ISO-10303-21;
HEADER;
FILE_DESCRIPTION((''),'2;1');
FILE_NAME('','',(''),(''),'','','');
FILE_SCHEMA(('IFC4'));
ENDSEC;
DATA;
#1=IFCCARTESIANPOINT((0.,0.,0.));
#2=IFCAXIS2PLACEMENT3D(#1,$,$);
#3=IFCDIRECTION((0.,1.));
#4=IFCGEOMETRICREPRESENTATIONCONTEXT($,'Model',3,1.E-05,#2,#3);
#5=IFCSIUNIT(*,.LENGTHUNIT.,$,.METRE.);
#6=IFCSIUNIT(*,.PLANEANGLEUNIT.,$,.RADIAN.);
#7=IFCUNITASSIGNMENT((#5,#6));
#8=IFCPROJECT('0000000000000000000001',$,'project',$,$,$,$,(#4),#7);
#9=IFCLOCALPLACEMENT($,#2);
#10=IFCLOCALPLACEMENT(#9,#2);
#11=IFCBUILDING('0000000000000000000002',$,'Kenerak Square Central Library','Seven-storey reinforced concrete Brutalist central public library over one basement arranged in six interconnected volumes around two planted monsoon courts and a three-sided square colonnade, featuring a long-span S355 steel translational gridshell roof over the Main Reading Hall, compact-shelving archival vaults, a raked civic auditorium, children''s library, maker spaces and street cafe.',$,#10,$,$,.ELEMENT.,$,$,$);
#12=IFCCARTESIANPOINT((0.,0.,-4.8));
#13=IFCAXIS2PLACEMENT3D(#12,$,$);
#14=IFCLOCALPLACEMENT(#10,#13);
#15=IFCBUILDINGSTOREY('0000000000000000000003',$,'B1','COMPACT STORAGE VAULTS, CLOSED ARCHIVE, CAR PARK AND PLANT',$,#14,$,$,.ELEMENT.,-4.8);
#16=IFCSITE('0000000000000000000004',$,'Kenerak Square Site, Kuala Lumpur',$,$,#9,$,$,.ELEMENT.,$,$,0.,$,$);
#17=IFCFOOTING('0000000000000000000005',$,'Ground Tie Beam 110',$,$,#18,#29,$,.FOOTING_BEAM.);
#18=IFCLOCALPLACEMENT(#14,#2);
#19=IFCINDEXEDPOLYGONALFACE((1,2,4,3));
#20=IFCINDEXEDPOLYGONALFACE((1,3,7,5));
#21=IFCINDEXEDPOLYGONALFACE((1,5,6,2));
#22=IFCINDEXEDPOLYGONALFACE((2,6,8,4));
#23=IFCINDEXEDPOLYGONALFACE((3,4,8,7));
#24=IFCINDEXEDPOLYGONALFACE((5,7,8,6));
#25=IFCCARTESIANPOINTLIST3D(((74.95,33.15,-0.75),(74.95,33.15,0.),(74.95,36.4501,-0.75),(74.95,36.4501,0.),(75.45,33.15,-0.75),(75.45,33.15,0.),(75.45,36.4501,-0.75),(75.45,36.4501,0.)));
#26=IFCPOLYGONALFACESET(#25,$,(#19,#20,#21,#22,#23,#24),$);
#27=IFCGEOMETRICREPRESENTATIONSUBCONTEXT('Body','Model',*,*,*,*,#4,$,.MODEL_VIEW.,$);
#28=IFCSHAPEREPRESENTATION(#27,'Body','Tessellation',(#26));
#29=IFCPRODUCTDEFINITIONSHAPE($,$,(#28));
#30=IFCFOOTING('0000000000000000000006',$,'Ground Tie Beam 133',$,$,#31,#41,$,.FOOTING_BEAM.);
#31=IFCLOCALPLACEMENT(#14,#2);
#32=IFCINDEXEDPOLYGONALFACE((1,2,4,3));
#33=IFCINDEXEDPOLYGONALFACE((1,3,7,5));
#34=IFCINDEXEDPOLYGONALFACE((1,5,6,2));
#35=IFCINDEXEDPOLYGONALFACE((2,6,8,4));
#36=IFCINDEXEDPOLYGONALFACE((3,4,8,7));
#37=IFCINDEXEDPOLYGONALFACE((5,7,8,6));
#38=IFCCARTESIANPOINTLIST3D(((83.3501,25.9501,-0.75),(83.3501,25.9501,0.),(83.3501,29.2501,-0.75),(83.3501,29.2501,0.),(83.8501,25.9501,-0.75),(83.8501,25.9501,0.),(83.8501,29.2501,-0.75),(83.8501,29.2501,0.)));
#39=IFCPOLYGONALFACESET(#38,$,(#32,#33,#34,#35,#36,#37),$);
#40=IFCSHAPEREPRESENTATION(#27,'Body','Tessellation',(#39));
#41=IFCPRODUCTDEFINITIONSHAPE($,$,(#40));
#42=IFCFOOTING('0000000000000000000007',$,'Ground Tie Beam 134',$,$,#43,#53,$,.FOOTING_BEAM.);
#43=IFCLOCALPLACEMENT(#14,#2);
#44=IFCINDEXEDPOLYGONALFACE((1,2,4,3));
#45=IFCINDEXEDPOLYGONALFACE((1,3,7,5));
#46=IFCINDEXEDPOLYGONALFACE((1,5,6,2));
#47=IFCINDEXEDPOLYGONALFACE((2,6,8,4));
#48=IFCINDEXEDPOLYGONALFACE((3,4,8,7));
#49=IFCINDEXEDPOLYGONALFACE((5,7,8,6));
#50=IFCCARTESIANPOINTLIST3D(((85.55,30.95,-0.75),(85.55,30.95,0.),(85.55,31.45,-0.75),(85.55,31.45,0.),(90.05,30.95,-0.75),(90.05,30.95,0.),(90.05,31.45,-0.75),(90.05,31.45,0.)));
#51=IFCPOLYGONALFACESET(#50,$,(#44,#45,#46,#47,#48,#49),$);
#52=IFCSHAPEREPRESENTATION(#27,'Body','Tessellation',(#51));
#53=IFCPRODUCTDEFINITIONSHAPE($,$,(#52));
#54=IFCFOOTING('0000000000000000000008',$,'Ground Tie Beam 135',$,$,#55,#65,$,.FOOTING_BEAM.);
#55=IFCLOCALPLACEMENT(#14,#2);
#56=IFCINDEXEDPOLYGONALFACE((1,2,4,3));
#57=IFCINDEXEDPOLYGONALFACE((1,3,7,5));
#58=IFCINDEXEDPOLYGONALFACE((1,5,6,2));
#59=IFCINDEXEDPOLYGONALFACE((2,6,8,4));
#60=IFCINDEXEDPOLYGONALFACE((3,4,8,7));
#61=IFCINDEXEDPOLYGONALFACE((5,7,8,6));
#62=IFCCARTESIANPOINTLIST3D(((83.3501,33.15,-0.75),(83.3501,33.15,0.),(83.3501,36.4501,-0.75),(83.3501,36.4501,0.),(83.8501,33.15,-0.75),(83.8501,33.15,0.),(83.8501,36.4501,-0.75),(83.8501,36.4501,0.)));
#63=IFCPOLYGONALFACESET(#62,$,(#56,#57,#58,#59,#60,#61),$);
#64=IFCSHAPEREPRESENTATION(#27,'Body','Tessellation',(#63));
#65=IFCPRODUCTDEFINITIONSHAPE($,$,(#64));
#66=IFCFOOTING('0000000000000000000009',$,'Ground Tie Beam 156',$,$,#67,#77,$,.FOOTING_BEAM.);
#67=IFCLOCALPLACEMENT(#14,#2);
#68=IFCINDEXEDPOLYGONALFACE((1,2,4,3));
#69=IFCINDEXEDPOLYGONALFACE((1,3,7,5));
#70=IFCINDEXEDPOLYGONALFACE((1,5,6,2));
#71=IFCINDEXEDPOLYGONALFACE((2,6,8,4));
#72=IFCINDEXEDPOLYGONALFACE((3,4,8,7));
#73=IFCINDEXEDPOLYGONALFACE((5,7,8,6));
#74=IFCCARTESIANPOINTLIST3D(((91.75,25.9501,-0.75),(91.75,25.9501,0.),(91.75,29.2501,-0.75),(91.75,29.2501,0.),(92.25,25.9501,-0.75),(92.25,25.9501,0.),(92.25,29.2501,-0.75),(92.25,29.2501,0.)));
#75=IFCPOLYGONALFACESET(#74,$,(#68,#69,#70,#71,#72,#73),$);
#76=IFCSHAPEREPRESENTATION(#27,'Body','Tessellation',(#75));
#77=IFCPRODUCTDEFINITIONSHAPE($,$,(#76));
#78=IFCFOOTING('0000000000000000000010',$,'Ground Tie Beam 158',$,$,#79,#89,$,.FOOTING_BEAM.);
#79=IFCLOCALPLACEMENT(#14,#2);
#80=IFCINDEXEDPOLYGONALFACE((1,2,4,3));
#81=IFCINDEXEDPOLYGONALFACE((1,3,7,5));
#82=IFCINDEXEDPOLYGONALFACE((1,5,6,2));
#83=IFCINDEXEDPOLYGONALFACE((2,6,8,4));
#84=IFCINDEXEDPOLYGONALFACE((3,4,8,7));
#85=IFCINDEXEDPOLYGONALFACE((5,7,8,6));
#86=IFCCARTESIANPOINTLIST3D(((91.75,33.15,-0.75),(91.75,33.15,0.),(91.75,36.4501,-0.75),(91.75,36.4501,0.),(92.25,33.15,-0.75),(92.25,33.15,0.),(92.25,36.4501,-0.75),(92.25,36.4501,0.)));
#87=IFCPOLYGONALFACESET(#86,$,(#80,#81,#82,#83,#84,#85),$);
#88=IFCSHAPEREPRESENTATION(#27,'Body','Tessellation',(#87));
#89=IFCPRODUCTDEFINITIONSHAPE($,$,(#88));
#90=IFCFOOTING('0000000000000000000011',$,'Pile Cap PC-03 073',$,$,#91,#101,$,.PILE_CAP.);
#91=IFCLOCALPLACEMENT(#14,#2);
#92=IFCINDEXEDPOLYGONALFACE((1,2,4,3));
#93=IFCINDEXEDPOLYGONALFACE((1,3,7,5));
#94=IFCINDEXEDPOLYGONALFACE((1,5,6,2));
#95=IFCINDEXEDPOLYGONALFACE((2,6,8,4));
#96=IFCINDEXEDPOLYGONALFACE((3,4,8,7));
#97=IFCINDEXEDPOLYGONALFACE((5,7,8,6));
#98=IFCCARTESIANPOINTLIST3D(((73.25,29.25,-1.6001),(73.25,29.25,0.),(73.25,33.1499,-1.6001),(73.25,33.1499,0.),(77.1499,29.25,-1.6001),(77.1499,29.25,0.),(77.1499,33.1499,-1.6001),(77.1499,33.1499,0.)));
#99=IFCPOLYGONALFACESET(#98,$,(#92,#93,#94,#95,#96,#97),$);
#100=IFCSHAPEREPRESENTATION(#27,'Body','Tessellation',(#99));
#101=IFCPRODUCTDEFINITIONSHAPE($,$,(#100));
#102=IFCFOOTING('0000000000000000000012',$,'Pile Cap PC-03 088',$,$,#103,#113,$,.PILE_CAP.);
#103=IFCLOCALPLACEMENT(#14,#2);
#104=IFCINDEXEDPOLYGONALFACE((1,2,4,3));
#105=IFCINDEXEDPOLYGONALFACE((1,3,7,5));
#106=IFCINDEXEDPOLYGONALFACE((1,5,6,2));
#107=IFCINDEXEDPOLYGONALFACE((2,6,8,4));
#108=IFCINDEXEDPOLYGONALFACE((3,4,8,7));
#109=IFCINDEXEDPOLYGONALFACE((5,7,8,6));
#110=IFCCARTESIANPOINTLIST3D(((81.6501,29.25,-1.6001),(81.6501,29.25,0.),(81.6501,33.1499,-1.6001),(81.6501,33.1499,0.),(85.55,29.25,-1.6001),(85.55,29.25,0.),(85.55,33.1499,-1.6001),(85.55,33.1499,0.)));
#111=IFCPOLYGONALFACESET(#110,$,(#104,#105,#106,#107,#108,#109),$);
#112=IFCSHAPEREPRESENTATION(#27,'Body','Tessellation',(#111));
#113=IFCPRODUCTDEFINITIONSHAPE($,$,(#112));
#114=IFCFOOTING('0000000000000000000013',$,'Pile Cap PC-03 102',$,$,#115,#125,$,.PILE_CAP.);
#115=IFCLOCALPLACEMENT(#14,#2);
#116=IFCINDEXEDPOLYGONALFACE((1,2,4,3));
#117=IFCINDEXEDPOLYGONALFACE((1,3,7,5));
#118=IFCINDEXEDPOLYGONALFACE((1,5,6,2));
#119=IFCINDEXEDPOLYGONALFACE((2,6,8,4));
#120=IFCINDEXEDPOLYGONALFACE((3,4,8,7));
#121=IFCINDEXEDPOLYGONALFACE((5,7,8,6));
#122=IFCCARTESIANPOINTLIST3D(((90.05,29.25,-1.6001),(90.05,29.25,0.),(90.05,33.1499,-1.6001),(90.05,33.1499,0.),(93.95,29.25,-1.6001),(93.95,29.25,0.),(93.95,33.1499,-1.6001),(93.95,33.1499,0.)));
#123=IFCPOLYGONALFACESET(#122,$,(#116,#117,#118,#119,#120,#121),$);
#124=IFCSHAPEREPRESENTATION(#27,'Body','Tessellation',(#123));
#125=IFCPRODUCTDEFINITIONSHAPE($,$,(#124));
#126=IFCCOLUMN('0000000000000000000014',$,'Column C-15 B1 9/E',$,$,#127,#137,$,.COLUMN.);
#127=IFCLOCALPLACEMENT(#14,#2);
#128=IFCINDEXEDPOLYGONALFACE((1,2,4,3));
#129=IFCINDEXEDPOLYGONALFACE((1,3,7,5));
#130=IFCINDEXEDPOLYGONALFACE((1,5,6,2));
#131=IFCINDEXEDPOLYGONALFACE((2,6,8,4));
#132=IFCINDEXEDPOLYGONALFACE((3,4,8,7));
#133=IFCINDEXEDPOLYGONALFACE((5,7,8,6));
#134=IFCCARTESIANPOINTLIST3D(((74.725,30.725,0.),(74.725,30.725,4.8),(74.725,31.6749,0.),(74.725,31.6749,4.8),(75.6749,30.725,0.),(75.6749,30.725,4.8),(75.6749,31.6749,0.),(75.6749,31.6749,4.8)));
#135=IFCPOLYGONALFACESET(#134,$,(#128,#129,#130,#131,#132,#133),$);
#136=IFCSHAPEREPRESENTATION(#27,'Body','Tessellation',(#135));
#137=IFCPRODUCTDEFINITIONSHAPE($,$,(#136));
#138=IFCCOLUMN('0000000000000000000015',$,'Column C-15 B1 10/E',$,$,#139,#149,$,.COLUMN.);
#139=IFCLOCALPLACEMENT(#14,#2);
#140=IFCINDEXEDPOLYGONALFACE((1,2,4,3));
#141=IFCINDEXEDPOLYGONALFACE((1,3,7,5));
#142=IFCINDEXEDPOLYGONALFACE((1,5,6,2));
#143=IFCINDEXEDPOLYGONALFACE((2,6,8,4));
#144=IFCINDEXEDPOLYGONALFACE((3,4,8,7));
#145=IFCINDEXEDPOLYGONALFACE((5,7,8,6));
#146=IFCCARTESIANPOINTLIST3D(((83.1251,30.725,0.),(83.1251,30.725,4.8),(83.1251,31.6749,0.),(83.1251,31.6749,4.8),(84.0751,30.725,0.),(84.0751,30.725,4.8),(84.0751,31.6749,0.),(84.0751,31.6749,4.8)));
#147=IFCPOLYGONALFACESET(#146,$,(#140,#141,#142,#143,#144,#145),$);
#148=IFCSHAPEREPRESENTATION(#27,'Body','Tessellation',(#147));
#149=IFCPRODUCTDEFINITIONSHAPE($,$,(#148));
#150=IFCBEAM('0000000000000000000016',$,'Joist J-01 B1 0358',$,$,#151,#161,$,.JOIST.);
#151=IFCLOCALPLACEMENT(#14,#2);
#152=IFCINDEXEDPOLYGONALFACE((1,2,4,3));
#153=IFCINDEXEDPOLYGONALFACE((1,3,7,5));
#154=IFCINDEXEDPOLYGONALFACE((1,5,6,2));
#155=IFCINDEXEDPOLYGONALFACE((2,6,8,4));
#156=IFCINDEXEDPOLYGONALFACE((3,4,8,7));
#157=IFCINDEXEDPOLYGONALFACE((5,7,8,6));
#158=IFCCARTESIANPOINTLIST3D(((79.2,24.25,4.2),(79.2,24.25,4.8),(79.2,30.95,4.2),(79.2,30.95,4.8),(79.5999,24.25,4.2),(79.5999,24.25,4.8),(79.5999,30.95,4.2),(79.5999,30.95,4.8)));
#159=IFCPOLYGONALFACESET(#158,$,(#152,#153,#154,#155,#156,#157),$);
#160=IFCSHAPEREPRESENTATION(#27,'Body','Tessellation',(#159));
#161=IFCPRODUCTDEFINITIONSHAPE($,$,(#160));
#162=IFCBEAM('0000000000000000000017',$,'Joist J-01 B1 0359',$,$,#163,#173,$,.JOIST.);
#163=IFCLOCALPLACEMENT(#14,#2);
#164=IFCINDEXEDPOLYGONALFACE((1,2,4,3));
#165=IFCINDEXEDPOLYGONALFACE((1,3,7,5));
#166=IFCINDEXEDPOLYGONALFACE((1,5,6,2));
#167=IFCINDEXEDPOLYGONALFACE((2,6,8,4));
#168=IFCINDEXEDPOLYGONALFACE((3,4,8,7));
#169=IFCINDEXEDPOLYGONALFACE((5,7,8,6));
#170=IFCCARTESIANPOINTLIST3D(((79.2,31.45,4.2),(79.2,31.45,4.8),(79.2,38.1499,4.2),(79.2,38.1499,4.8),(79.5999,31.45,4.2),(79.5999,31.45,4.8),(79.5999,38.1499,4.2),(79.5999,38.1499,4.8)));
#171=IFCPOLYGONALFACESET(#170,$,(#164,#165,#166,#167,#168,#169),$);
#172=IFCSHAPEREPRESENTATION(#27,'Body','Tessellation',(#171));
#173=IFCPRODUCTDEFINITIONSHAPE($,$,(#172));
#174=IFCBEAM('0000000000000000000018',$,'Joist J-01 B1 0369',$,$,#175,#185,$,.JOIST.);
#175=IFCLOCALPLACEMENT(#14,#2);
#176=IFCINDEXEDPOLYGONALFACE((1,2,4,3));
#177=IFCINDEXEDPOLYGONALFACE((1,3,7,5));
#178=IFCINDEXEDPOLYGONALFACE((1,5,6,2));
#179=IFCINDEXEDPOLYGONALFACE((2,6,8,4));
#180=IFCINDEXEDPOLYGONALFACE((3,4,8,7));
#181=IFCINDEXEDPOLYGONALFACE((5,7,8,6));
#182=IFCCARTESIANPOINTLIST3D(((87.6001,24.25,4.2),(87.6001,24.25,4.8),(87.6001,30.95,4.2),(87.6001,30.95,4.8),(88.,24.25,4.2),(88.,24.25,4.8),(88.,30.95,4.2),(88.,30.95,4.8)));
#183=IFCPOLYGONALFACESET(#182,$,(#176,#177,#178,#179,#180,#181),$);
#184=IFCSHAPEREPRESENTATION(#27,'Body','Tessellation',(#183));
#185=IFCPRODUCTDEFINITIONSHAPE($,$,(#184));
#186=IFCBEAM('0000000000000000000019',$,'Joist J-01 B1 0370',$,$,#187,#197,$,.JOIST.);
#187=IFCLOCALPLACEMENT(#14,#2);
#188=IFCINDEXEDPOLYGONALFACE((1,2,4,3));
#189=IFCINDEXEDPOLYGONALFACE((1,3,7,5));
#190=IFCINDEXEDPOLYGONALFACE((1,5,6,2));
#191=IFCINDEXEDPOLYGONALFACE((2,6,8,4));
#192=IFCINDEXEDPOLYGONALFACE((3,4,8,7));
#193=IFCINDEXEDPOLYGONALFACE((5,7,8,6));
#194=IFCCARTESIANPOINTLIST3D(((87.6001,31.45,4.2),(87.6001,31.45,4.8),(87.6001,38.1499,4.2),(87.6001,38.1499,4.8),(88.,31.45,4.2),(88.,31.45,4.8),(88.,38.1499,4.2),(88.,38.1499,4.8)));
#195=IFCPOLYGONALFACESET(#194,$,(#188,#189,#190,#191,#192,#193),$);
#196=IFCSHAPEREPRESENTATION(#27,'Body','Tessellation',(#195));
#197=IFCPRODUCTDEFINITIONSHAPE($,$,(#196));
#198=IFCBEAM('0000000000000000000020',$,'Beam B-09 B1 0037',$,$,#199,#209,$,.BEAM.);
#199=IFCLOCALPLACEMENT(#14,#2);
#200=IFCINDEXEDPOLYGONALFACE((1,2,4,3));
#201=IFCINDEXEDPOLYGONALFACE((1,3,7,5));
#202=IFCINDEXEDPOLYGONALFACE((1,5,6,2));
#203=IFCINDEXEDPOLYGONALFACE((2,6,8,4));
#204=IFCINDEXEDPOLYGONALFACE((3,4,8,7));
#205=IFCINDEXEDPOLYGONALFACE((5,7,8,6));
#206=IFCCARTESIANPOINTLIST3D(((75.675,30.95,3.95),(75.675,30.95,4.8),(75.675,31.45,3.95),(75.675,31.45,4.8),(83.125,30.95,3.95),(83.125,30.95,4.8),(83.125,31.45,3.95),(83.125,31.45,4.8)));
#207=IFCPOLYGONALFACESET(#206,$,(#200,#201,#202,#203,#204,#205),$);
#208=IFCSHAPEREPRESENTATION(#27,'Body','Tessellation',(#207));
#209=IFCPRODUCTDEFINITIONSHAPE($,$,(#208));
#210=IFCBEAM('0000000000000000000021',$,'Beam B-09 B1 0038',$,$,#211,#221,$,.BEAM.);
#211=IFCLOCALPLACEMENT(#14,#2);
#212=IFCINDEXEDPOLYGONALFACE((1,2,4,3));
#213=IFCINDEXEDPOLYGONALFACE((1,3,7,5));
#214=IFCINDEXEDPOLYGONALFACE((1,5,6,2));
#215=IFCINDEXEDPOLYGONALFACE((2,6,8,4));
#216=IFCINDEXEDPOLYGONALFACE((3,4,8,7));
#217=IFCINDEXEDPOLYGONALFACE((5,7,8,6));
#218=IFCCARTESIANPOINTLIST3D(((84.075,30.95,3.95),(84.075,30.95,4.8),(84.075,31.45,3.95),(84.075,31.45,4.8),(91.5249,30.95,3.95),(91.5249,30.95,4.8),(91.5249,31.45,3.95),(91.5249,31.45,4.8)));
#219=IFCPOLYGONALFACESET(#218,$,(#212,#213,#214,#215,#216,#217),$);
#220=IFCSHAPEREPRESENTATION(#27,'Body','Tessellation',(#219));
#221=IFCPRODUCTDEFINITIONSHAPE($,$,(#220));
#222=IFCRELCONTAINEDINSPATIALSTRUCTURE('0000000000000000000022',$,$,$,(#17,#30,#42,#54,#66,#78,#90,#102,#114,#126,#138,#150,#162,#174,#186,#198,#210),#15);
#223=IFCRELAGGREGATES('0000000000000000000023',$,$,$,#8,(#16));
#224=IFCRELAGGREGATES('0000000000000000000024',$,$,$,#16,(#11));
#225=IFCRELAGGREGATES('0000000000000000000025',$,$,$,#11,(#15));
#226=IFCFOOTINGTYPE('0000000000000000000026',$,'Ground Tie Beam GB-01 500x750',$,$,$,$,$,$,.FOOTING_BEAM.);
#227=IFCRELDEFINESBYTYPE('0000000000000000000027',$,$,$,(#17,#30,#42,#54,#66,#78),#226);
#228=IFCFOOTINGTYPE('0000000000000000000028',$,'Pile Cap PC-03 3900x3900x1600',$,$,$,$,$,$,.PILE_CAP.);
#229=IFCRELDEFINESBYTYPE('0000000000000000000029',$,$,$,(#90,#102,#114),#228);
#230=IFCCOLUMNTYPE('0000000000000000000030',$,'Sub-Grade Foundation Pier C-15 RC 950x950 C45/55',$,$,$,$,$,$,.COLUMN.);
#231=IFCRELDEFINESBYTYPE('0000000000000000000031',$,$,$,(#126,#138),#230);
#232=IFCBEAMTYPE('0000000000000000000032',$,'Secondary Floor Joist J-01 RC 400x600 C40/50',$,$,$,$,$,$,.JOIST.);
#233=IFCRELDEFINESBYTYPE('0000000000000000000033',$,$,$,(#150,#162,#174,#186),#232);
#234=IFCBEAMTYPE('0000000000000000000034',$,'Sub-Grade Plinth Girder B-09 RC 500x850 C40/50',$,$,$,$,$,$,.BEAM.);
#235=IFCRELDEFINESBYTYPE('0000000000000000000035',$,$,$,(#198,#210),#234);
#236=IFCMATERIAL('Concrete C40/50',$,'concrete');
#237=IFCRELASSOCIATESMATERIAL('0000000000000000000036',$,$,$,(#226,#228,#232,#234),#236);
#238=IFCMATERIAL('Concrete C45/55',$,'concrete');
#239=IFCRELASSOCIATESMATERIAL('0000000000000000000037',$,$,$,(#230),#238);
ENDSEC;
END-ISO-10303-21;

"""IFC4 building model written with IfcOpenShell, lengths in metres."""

from ifc_helpers import new_model, si_unit, direction, frame, origin, origin_2d, place, context, subcontext, project, spatial, rectangle, extrude, material, material_profile, profile_set, type_object, element, save


model = new_model("IFC4")

# Units and contexts
model_context = context("Model", 3, precision=1e-05, world=origin(), true_north=direction((0.0, 1.0)))
body_context = subcontext(model_context, "Body", "Model", "MODEL_VIEW")
ifc_project = project(units=[si_unit("LENGTHUNIT", "METRE"), si_unit("PLANEANGLEUNIT", "RADIAN")], contexts=[model_context])

# Site, building, storey
site_placement = place(None, origin())
site = spatial("IfcSite", under=ifc_project, at=site_placement, Name="Kenerak Square Site, Kuala Lumpur", CompositionType="ELEMENT", RefElevation=0.0)
building_placement = place(site_placement, origin())
building = spatial("IfcBuilding", under=site, at=building_placement, Name="Kenerak Square Central Library", Description="Seven-storey reinforced concrete Brutalist central public library over one basement arranged in six interconnected volumes around two planted monsoon courts and a three-sided square colonnade, featuring a long-span S355 steel translational gridshell roof over the Main Reading Hall, compact-shelving archival vaults, a raked civic auditorium, children's library, maker spaces and street cafe.", CompositionType="ELEMENT")
storey_placement = place(building_placement, frame((0.0, 0.0, -4.8)))
storey = spatial("IfcBuildingStorey", under=building, at=storey_placement, Name="B1", Description="COMPACT STORAGE VAULTS, CLOSED ARCHIVE, CAR PARK AND PLANT", CompositionType="ELEMENT", Elevation=-4.8)

# Shared definitions
ifc_material_1 = material(Name="Concrete C40/50", Category="concrete")

# Footings
footing_type_1 = type_object("IfcFootingType", Name="Ground Tie Beam GB-01 500x750", PredefinedType="FOOTING_BEAM", material=ifc_material_1)
for number, where, z_axis, x_axis, name in (
    (1, (75.2, 34.8, -0.75), (0.0, 0.0, 1.0), (1.0, 0.0, 0.0), "Ground Tie Beam 110"),
    (2, (83.6001, 27.6001, -0.75), (0.0, 0.0, 1.0), (1.0, 0.0, 0.0), "Ground Tie Beam 133"),
):
    element("IfcFooting", number, at=place(storey_placement, frame(where, z_axis=z_axis, x_axis=x_axis)), inside=storey, type_object=footing_type_1, Name=name, PredefinedType="FOOTING_BEAM", context=body_context, shape_type="SweptSolid", body=[
        extrude(rectangle(XDim=0.5, YDim=3.3, at=origin_2d()), origin(), (0.0, 0.0, 1.0), 0.75),
    ])
footing_1_placement = place(storey_placement, frame((87.8, 31.2, -0.75), z_axis=(0.0, 0.0, 1.0), x_axis=(1.0, 0.0, 0.0)))
element("IfcFooting", 3, at=footing_1_placement, inside=storey, type_object=footing_type_1, Name="Ground Tie Beam 134", PredefinedType="FOOTING_BEAM", context=body_context, shape_type="SweptSolid", body=[
    extrude(rectangle(XDim=4.5, YDim=0.5, at=origin_2d()), origin(), (0.0, 0.0, 1.0), 0.75),
])
for number, where, z_axis, x_axis, name in (
    (4, (83.6001, 34.8, -0.75), (0.0, 0.0, 1.0), (1.0, 0.0, 0.0), "Ground Tie Beam 135"),
    (5, (92.0, 27.6001, -0.75), (0.0, 0.0, 1.0), (1.0, 0.0, 0.0), "Ground Tie Beam 156"),
    (6, (92.0, 34.8, -0.75), (0.0, 0.0, 1.0), (1.0, 0.0, 0.0), "Ground Tie Beam 158"),
):
    element("IfcFooting", number, at=place(storey_placement, frame(where, z_axis=z_axis, x_axis=x_axis)), inside=storey, type_object=footing_type_1, Name=name, PredefinedType="FOOTING_BEAM", context=body_context, shape_type="SweptSolid", body=[
        extrude(rectangle(XDim=0.5, YDim=3.3, at=origin_2d()), origin(), (0.0, 0.0, 1.0), 0.75),
    ])
footing_type_2 = type_object("IfcFootingType", Name="Pile Cap PC-03 3900x3900x1600", PredefinedType="PILE_CAP", material=ifc_material_1)
for number, where, z_axis, x_axis, name in (
    (7, (75.2, 31.2, -1.6001), (0.0, 0.0, 1.0), (1.0, 0.0, 0.0), "Pile Cap PC-03 073"),
    (8, (83.6001, 31.2, -1.6001), (0.0, 0.0, 1.0), (1.0, 0.0, 0.0), "Pile Cap PC-03 088"),
    (9, (92.0, 31.2, -1.6001), (0.0, 0.0, 1.0), (1.0, 0.0, 0.0), "Pile Cap PC-03 102"),
):
    element("IfcFooting", number, at=place(storey_placement, frame(where, z_axis=z_axis, x_axis=x_axis)), inside=storey, type_object=footing_type_2, Name=name, PredefinedType="PILE_CAP", context=body_context, shape_type="SweptSolid", body=[
        extrude(rectangle(XDim=3.8999, YDim=3.8999, at=origin_2d()), origin(), (0.0, 0.0, 1.0), 1.6001),
    ])

# Columns
ifc_material_2 = material(Name="Concrete C45/55", Category="concrete")
ifc_material_profile_1 = material_profile(ifc_material_2, rectangle(XDim=0.95, YDim=0.95, at=origin_2d()), Name="RC 950x950")
ifc_profile_set_1 = profile_set([ifc_material_profile_1], Name="Concrete C45/55")
column_type = type_object("IfcColumnType", Name="Sub-Grade Foundation Pier C-15 RC 950x950 C45/55", PredefinedType="COLUMN", material=ifc_profile_set_1)
for number, where, z_axis, x_axis, name in (
    (10, (75.2, 31.2, 0.0), (0.0, 0.0, 1.0), (1.0, 0.0, 0.0), "Column C-15 B1 9/E"),
    (11, (83.6001, 31.2, 0.0), (0.0, 0.0, 1.0), (1.0, 0.0, 0.0), "Column C-15 B1 10/E"),
):
    element("IfcColumn", number, at=place(storey_placement, frame(where, z_axis=z_axis, x_axis=x_axis)), inside=storey, type_object=column_type, Name=name, PredefinedType="COLUMN", context=body_context, shape_type="SweptSolid", body=[
        extrude(rectangle(XDim=0.95, YDim=0.95, at=origin_2d()), origin(), (0.0, 0.0, 1.0), 4.8),
    ])

# Beams
ifc_material_profile_2 = material_profile(ifc_material_1, rectangle(XDim=0.3999, YDim=0.6001, at=origin_2d()), Name="RC 400x600")
ifc_profile_set_2 = profile_set([ifc_material_profile_2], Name="Concrete C40/50")
beam_type_1 = type_object("IfcBeamType", Name="Secondary Floor Joist J-01 RC 400x600 C40/50", PredefinedType="JOIST", material=ifc_profile_set_2)
for number, where, z_axis, x_axis, name in (
    (12, (79.3999, 24.25, 4.5), (0.0, 1.0, 0.0), (-1.0, 0.0, 0.0), "Joist J-01 B1 0358"),
    (13, (79.3999, 31.45, 4.5), (0.0, 1.0, 0.0), (-1.0, 0.0, 0.0), "Joist J-01 B1 0359"),
    (14, (87.8, 24.25, 4.5), (0.0, 1.0, 0.0), (-1.0, 0.0, 0.0), "Joist J-01 B1 0369"),
    (15, (87.8, 31.45, 4.5), (0.0, 1.0, 0.0), (-1.0, 0.0, 0.0), "Joist J-01 B1 0370"),
):
    element("IfcBeam", number, at=place(storey_placement, frame(where, z_axis=z_axis, x_axis=x_axis)), inside=storey, type_object=beam_type_1, Name=name, PredefinedType="JOIST", context=body_context, shape_type="SweptSolid", body=[
        extrude(rectangle(XDim=0.3999, YDim=0.6001, at=origin_2d()), origin(), (0.0, 0.0, 1.0), 6.7),
    ])
ifc_material_profile_3 = material_profile(ifc_material_1, rectangle(XDim=0.5, YDim=0.8501, at=origin_2d()), Name="RC 500x850")
ifc_profile_set_3 = profile_set([ifc_material_profile_3], Name="Concrete C40/50")
beam_type_2 = type_object("IfcBeamType", Name="Sub-Grade Plinth Girder B-09 RC 500x850 C40/50", PredefinedType="BEAM", material=ifc_profile_set_3)
for number, where, z_axis, x_axis, name in (
    (16, (75.675, 31.2, 4.375), (1.0, 0.0, 0.0), (0.0, 1.0, 0.0), "Beam B-09 B1 0037"),
    (17, (84.075, 31.2, 4.375), (1.0, 0.0, 0.0), (0.0, 1.0, 0.0), "Beam B-09 B1 0038"),
):
    element("IfcBeam", number, at=place(storey_placement, frame(where, z_axis=z_axis, x_axis=x_axis)), inside=storey, type_object=beam_type_2, Name=name, PredefinedType="BEAM", context=body_context, shape_type="SweptSolid", body=[
        extrude(rectangle(XDim=0.5, YDim=0.8501, at=origin_2d()), origin(), (0.0, 0.0, 1.0), 7.45),
    ])

save(model, "model.ifc")
